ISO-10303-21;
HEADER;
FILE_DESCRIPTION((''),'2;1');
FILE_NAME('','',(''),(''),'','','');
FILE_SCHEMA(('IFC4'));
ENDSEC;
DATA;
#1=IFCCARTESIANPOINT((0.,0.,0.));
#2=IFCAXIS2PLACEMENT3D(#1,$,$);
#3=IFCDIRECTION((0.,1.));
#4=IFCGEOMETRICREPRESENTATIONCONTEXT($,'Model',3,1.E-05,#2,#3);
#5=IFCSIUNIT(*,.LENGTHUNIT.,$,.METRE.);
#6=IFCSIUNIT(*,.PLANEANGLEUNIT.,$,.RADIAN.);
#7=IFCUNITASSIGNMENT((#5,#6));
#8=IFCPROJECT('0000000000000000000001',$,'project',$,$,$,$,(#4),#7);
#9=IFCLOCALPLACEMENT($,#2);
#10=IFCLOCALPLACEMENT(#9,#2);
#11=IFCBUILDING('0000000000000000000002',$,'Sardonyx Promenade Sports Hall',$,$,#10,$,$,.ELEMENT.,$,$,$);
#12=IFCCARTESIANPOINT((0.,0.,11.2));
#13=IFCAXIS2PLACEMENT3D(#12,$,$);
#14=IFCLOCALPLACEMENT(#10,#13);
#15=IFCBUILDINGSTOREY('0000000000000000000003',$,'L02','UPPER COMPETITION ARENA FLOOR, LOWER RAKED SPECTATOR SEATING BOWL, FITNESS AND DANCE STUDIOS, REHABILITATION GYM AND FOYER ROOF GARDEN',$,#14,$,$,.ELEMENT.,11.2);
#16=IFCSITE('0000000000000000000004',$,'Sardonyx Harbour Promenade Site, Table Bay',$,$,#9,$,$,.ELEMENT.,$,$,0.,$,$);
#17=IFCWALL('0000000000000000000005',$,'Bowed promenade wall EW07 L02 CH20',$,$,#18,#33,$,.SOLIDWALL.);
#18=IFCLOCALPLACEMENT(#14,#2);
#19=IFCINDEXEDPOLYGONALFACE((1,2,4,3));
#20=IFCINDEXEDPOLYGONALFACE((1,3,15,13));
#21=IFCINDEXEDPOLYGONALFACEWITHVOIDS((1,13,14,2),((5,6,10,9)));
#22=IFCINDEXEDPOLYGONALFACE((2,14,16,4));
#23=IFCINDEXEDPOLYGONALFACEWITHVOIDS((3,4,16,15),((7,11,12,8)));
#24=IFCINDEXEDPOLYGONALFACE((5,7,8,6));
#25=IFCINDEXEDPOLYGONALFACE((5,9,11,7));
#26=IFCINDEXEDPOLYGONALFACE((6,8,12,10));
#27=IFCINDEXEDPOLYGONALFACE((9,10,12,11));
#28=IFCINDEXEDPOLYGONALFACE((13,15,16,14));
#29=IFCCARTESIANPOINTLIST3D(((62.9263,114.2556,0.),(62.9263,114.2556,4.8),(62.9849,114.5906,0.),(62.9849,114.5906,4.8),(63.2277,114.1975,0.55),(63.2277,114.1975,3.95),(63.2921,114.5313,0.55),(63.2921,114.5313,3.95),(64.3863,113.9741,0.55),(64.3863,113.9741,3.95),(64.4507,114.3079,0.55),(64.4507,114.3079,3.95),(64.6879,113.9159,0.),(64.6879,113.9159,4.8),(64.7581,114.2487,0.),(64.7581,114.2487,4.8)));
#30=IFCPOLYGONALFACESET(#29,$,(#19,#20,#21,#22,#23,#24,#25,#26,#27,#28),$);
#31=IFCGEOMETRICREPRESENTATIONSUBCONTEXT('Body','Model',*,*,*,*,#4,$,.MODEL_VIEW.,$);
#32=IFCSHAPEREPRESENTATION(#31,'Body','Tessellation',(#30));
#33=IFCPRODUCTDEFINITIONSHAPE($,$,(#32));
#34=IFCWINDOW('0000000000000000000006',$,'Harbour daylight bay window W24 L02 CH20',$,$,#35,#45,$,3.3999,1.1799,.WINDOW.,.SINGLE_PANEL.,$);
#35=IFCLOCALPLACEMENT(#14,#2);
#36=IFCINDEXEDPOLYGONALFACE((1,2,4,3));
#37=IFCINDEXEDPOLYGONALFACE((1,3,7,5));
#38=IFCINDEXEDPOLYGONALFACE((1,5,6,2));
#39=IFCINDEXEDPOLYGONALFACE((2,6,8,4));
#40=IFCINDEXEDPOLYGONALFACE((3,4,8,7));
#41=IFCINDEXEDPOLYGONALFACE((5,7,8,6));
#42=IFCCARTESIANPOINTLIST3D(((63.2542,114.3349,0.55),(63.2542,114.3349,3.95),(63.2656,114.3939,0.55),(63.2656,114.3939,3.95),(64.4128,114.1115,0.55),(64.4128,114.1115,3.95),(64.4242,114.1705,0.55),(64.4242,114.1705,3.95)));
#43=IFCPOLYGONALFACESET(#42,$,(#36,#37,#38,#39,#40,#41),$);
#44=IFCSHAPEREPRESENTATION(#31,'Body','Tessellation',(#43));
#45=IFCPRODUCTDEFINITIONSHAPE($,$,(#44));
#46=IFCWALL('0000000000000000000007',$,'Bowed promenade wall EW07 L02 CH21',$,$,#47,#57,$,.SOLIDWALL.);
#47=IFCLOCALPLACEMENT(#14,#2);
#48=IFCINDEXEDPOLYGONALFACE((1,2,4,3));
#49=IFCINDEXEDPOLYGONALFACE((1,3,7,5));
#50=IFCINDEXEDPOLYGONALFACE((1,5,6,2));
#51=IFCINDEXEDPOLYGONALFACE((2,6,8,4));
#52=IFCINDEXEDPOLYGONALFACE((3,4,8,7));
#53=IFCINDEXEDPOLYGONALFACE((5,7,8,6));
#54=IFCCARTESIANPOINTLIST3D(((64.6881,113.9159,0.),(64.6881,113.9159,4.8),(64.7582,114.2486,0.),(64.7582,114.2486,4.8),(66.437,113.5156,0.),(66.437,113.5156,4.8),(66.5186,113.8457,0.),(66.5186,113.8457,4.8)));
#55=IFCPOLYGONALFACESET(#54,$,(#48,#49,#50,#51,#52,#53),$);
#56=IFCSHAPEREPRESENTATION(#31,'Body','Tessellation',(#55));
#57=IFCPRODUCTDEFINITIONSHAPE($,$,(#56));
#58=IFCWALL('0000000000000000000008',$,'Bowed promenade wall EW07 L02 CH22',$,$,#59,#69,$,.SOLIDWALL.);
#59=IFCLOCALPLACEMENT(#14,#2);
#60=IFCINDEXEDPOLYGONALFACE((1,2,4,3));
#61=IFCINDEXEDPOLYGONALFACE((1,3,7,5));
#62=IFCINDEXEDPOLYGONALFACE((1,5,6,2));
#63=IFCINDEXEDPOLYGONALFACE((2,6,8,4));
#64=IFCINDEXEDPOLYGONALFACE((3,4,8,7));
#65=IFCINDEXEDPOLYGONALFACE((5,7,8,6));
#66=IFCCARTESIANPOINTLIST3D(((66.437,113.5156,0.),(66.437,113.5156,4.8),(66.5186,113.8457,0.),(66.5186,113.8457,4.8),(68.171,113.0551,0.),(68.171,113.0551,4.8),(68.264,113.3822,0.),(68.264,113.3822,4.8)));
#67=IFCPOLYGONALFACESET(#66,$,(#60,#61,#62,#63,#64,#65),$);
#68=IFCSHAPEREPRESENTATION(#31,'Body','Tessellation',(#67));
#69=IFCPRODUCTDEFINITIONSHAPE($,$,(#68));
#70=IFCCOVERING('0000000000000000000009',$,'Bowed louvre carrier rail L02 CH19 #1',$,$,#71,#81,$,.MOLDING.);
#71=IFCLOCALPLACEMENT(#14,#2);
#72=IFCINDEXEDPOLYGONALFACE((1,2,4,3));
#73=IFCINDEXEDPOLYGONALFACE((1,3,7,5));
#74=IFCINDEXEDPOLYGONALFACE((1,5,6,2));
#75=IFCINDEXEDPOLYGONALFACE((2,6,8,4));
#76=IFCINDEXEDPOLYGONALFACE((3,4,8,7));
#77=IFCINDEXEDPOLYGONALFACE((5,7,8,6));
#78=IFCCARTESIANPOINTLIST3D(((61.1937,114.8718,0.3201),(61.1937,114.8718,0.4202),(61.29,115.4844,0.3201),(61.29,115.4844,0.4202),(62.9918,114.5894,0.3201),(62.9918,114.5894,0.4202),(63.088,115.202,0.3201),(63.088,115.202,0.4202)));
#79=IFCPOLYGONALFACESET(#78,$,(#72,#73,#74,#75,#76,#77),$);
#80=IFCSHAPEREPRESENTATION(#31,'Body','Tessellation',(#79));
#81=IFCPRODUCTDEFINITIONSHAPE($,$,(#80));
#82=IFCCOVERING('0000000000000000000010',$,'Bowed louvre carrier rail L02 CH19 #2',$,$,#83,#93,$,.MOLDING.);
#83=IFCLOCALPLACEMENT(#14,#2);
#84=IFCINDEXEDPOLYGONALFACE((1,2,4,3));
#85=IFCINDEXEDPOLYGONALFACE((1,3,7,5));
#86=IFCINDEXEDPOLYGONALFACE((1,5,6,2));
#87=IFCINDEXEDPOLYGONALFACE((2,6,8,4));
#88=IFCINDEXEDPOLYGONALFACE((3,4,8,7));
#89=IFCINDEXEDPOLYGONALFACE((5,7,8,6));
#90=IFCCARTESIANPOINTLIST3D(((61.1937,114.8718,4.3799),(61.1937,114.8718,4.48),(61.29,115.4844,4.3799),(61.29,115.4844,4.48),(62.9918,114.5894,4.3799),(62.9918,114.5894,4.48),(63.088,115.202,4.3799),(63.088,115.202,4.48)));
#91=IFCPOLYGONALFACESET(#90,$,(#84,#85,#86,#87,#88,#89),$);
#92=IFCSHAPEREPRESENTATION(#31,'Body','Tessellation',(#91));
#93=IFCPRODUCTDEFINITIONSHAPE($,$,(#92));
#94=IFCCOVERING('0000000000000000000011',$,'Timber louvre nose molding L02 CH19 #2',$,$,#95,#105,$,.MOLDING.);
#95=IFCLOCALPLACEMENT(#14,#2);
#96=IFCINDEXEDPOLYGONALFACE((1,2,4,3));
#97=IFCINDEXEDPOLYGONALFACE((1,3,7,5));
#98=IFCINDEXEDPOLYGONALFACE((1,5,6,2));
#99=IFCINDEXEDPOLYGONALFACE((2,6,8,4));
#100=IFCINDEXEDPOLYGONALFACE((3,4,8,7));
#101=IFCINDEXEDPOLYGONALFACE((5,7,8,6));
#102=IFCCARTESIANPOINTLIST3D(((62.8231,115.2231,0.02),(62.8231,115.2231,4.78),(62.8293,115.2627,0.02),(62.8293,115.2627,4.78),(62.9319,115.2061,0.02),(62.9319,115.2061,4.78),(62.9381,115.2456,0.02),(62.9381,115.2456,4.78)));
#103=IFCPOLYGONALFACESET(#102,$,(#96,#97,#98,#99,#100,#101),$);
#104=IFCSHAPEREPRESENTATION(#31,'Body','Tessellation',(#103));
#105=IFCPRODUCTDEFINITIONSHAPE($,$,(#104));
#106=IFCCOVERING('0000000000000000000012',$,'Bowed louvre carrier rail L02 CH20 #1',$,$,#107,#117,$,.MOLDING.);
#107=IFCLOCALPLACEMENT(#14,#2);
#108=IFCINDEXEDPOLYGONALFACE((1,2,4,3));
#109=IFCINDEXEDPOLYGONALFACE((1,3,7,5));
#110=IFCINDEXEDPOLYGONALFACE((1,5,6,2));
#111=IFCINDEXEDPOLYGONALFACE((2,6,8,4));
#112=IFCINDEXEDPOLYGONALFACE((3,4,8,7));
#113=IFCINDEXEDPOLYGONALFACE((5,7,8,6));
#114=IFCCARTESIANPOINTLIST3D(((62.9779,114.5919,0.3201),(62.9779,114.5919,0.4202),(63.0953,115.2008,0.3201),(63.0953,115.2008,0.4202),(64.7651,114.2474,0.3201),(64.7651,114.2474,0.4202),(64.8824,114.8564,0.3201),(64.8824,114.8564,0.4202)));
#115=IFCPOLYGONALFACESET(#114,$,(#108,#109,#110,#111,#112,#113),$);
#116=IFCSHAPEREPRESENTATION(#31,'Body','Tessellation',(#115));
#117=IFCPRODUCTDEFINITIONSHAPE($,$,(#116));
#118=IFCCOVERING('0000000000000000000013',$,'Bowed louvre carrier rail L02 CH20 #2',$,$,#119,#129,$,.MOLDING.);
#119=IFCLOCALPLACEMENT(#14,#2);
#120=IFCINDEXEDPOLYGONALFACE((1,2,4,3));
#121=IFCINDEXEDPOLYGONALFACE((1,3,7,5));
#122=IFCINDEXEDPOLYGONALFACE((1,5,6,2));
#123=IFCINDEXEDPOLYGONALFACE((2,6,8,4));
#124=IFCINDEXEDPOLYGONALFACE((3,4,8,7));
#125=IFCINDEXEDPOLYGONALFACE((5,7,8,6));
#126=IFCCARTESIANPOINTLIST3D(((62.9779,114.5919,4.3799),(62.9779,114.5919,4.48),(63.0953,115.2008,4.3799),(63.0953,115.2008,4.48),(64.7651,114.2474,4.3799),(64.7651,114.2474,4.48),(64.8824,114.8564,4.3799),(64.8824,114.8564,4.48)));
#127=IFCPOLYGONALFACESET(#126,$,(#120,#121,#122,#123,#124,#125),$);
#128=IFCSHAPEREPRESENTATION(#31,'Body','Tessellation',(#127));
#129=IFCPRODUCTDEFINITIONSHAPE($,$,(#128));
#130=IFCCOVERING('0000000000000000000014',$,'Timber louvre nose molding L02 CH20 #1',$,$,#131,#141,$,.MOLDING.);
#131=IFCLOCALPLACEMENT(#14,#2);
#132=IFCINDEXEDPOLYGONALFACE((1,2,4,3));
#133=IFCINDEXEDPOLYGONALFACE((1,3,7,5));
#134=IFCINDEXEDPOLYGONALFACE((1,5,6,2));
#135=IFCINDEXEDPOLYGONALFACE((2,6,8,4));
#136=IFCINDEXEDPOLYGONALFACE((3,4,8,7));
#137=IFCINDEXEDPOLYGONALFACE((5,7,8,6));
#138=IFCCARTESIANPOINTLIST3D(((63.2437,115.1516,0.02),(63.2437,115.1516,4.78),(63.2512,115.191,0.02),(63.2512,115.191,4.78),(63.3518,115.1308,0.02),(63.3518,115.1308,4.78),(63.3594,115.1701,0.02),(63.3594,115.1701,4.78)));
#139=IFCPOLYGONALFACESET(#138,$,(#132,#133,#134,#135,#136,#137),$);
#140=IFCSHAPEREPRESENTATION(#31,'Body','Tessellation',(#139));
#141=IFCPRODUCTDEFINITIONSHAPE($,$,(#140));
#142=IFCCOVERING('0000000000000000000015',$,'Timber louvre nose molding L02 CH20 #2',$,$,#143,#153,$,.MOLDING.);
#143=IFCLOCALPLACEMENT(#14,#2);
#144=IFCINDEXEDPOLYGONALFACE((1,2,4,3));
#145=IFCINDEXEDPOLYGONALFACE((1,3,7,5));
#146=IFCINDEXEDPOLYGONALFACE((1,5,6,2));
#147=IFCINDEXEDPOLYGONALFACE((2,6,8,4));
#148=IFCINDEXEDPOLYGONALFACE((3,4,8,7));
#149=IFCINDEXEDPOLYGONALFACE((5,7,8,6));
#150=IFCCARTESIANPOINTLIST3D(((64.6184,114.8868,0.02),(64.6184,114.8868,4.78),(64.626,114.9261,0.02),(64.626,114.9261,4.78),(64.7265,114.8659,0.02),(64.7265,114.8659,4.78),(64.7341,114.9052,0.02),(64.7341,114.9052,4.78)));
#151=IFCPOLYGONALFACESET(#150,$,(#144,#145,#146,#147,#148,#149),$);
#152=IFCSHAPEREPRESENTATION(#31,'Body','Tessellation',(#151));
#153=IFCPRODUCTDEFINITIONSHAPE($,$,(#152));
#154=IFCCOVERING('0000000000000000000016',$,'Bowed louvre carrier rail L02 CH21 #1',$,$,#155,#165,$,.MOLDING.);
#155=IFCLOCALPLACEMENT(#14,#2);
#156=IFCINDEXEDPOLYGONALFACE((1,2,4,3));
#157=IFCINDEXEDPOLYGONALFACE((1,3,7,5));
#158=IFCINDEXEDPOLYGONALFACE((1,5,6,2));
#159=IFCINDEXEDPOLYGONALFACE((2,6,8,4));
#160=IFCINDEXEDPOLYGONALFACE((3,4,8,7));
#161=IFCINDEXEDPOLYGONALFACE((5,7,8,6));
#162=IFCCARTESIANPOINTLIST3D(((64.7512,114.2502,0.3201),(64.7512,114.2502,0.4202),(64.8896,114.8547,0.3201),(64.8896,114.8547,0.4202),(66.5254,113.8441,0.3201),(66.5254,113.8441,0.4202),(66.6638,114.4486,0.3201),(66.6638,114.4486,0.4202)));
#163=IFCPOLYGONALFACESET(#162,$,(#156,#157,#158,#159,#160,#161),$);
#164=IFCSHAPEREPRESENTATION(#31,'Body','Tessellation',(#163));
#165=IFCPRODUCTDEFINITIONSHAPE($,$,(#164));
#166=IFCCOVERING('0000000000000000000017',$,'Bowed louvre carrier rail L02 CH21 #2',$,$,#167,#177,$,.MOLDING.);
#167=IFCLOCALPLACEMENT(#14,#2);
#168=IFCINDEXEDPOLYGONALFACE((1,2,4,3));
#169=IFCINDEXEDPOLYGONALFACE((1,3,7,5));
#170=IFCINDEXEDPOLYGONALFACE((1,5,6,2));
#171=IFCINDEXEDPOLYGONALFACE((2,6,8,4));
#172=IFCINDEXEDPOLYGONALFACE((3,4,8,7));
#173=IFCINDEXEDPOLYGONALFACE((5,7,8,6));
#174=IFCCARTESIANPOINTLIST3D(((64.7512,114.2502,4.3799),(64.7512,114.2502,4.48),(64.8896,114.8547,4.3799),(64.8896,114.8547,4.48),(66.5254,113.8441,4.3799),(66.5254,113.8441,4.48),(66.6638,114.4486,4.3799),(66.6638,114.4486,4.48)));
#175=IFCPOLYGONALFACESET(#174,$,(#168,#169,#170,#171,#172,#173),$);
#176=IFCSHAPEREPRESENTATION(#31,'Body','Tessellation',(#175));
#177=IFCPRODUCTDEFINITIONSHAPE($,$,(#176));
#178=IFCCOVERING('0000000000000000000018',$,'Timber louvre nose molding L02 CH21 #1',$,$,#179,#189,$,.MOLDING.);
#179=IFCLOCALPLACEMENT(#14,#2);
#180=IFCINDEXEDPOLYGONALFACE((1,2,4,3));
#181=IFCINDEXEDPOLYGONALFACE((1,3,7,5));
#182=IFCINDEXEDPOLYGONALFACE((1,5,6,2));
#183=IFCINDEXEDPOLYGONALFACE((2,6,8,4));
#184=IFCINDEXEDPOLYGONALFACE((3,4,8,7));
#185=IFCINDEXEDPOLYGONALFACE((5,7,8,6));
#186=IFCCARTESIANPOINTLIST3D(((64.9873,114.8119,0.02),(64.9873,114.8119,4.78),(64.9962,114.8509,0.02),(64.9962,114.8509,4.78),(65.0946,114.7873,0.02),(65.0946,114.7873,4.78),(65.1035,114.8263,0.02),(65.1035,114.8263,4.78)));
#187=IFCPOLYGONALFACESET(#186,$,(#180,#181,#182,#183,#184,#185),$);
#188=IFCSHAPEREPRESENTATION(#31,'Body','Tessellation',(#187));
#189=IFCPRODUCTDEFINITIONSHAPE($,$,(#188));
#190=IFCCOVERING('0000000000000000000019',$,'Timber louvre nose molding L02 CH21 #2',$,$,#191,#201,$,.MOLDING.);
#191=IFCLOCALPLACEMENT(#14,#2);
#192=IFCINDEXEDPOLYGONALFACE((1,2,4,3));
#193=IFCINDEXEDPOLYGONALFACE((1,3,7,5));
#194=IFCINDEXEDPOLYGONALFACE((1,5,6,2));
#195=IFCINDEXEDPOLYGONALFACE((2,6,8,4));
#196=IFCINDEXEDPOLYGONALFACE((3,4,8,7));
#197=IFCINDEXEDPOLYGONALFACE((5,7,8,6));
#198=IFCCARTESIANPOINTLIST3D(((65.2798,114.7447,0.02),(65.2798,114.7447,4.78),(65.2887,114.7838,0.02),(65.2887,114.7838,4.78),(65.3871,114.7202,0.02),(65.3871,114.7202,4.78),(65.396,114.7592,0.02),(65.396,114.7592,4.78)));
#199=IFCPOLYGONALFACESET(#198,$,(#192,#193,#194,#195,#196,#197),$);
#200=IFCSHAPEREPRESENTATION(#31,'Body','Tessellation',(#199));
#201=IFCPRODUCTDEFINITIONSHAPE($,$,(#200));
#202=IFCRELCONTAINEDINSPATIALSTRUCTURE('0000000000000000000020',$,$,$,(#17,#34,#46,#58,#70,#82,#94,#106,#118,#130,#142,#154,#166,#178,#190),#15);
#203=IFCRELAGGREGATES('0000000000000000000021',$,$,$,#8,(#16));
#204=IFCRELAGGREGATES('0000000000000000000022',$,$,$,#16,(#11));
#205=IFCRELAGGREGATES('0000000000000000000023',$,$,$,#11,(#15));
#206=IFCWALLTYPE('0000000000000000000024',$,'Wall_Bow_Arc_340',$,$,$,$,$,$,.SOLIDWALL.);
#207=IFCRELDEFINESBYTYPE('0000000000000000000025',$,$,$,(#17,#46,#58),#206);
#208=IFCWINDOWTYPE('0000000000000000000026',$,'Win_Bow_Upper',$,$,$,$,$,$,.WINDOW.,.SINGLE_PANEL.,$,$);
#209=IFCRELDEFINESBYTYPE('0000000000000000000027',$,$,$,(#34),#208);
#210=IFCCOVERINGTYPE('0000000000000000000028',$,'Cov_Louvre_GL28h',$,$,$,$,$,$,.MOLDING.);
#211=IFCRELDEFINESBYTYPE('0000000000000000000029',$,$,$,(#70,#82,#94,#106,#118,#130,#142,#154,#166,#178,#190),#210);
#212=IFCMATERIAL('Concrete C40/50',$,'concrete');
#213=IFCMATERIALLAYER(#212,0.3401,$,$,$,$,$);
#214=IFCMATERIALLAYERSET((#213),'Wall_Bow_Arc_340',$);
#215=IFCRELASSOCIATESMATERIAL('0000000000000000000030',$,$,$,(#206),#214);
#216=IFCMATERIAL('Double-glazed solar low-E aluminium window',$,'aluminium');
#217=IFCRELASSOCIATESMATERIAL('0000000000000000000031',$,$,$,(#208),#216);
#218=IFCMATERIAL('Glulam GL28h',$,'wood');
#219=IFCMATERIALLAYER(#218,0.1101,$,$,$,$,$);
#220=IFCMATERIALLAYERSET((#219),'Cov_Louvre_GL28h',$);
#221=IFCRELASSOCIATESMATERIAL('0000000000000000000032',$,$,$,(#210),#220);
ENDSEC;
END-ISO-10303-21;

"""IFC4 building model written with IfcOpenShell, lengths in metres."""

from ifc_helpers import new_model, si_unit, direction, frame, frame_2d, origin, origin_2d, place, context, subcontext, project, spatial, polyline, rectangle, outline, extrude, material, layer, layer_set, type_object, element, fill, save


model = new_model("IFC4")

# Units and contexts
model_context = context("Model", 3, precision=1e-05, world=origin(), true_north=direction((0.0, 1.0)))
body_context = subcontext(model_context, "Body", "Model", "MODEL_VIEW")
ifc_project = project(units=[si_unit("LENGTHUNIT", "METRE"), si_unit("PLANEANGLEUNIT", "RADIAN")], contexts=[model_context])

# Site, building, storey
site_placement = place(None, origin())
site = spatial("IfcSite", under=ifc_project, at=site_placement, Name="Sardonyx Harbour Promenade Site, Table Bay", CompositionType="ELEMENT", RefElevation=0.0)
building_placement = place(site_placement, origin())
building = spatial("IfcBuilding", under=site, at=building_placement, Name="Sardonyx Promenade Sports Hall", CompositionType="ELEMENT")
storey_placement = place(building_placement, frame((0.0, 0.0, 11.2)))
storey = spatial("IfcBuildingStorey", under=building, at=storey_placement, Name="L02", Description="UPPER COMPETITION ARENA FLOOR, LOWER RAKED SPECTATOR SEATING BOWL, FITNESS AND DANCE STUDIOS, REHABILITATION GYM AND FOYER ROOF GARDEN", CompositionType="ELEMENT", Elevation=11.2)

# Wall, opening, window
ifc_material_1 = material(Name="Concrete C40/50", Category="concrete")
ifc_layer_1 = layer(ifc_material_1, 0.3401)
ifc_layer_set_1 = layer_set([ifc_layer_1], Name="Wall_Bow_Arc_340")
wall_type = type_object("IfcWallType", Name="Wall_Bow_Arc_340", PredefinedType="SOLIDWALL", material=ifc_layer_set_1)
wall_1_placement = place(storey_placement, frame((62.9556, 114.4231, 0.0), z_axis=(0.0, 0.0, 1.0), x_axis=(0.981913, -0.18933, 0.0)))
wall_1 = element("IfcWall", 1, at=wall_1_placement, inside=storey, type_object=wall_type, Name="Bowed promenade wall EW07 L02 CH20", PredefinedType="SOLIDWALL", context=body_context, shape_type="SweptSolid", body=[
    extrude(outline(polyline([(0.0029, -0.17), (1.7971, -0.17), (1.8029, 0.17), (-0.0029, 0.17), (0.0029, -0.17)])), origin(), (0.0, 0.0, 1.0), 4.8),
])
opening_placement = place(wall_1_placement, frame((0.3101, 0.0, 0.55)))
opening = element("IfcOpeningElement", 2, at=opening_placement, cuts=wall_1, PredefinedType="OPENING", context=body_context, shape_type="SweptSolid", body=[
    extrude(rectangle(XDim=1.1799, YDim=3.3999, at=frame_2d((0.5898, 1.7))), frame((0.0, 0.18, 0.0), z_axis=(0.0, -1.0, 0.0), x_axis=(1.0, 0.0, 0.0)), (0.0, 0.0, 1.0), 0.36),
])
ifc_material_2 = material(Name="Double-glazed solar low-E aluminium window", Category="aluminium")
window_type = type_object("IfcWindowType", Name="Win_Bow_Upper", PartitioningType="SINGLE_PANEL", PredefinedType="WINDOW", material=ifc_material_2)
window_placement = place(opening_placement, origin())
window = element("IfcWindow", 3, at=window_placement, inside=storey, type_object=window_type, Name="Harbour daylight bay window W24 L02 CH20", OverallHeight=3.3999, OverallWidth=1.1799, PartitioningType="SINGLE_PANEL", PredefinedType="WINDOW", context=body_context, shape_type="SweptSolid", body=[
    extrude(rectangle(XDim=1.1799, YDim=3.3999, at=frame_2d((0.5898, 1.7))), frame((0.0, 0.03, 0.0), z_axis=(0.0, -1.0, 0.0), x_axis=(1.0, 0.0, 0.0)), (0.0, 0.0, 1.0), 0.0601),
])
fill(opening, window)

# Walls
wall_2_placement = place(storey_placement, frame((64.7231, 114.0823, 0.0), z_axis=(0.0, 0.0, 1.0), x_axis=(0.974792, -0.223116, 0.0)))
element("IfcWall", 4, at=wall_2_placement, inside=storey, type_object=wall_type, Name="Bowed promenade wall EW07 L02 CH21", PredefinedType="SOLIDWALL", context=body_context, shape_type="SweptSolid", body=[
    extrude(outline(polyline([(0.0029, -0.17), (1.7971, -0.17), (1.8029, 0.17), (-0.0029, 0.17), (0.0029, -0.17)])), origin(), (0.0, 0.0, 1.0), 4.8),
])
wall_3_placement = place(storey_placement, frame((66.4778, 113.6807, 0.0), z_axis=(0.0, 0.0, 1.0), x_axis=(0.966505, -0.256649, 0.0)))
element("IfcWall", 5, at=wall_3_placement, inside=storey, type_object=wall_type, Name="Bowed promenade wall EW07 L02 CH22", PredefinedType="SOLIDWALL", context=body_context, shape_type="SweptSolid", body=[
    extrude(outline(polyline([(0.0029, -0.17), (1.7971, -0.17), (1.8029, 0.17), (-0.0029, 0.17), (0.0029, -0.17)])), origin(), (0.0, 0.0, 1.0), 4.8),
])

# Coverings
ifc_material_3 = material(Name="Glulam GL28h", Category="wood")
ifc_layer_2 = layer(ifc_material_3, 0.1101)
ifc_layer_set_2 = layer_set([ifc_layer_2], Name="Cov_Louvre_GL28h")
covering_type = type_object("IfcCoveringType", Name="Cov_Louvre_GL28h", PredefinedType="MOLDING", material=ifc_layer_set_2)
for number, where, z_axis, x_axis, name in (
    (6, (62.1409, 115.0369, 0.3201), (0.0, 0.0, 1.0), (0.987891, -0.155148, 0.0), "Bowed louvre carrier rail L02 CH19 #1"),
    (7, (62.1409, 115.0369, 4.3799), (0.0, 0.0, 1.0), (0.987891, -0.155148, 0.0), "Bowed louvre carrier rail L02 CH19 #2"),
):
    element("IfcCovering", number, at=place(storey_placement, frame(where, z_axis=z_axis, x_axis=x_axis)), inside=storey, type_object=covering_type, Name=name, PredefinedType="MOLDING", context=body_context, shape_type="SweptSolid", body=[
        extrude(rectangle(XDim=1.8201, YDim=0.6201, at=origin_2d()), origin(), (0.0, 0.0, 1.0), 0.1001),
    ])
covering_placement = place(storey_placement, frame((62.8806, 115.2344, 0.02), z_axis=(0.0, 0.0, 1.0), x_axis=(0.987891, -0.155148, 0.0)))
element("IfcCovering", 8, at=covering_placement, inside=storey, type_object=covering_type, Name="Timber louvre nose molding L02 CH19 #2", PredefinedType="MOLDING", context=body_context, shape_type="SweptSolid", body=[
    extrude(rectangle(XDim=0.1101, YDim=0.04, at=origin_2d()), origin(), (0.0, 0.0, 1.0), 4.76),
])
for number, where, z_axis, x_axis, name in (
    (9, (63.9302, 114.7241, 0.3201), (0.0, 0.0, 1.0), (0.98193, -0.189246, 0.0), "Bowed louvre carrier rail L02 CH20 #1"),
    (10, (63.9302, 114.7241, 4.3799), (0.0, 0.0, 1.0), (0.98193, -0.189246, 0.0), "Bowed louvre carrier rail L02 CH20 #2"),
):
    element("IfcCovering", number, at=place(storey_placement, frame(where, z_axis=z_axis, x_axis=x_axis)), inside=storey, type_object=covering_type, Name=name, PredefinedType="MOLDING", context=body_context, shape_type="SweptSolid", body=[
        extrude(rectangle(XDim=1.8201, YDim=0.6201, at=origin_2d()), origin(), (0.0, 0.0, 1.0), 0.1001),
    ])
for number, where, z_axis, x_axis, name in (
    (11, (63.3015, 115.1609, 0.02), (0.0, 0.0, 1.0), (0.98193, -0.189246, 0.0), "Timber louvre nose molding L02 CH20 #1"),
    (12, (64.6763, 114.896, 0.02), (0.0, 0.0, 1.0), (0.98193, -0.189246, 0.0), "Timber louvre nose molding L02 CH20 #2"),
):
    element("IfcCovering", number, at=place(storey_placement, frame(where, z_axis=z_axis, x_axis=x_axis)), inside=storey, type_object=covering_type, Name=name, PredefinedType="MOLDING", context=body_context, shape_type="SweptSolid", body=[
        extrude(rectangle(XDim=0.1101, YDim=0.04, at=origin_2d()), origin(), (0.0, 0.0, 1.0), 4.76),
    ])
for number, where, z_axis, x_axis, name in (
    (13, (65.7075, 114.3494, 0.3201), (0.0, 0.0, 1.0), (0.974792, -0.223117, 0.0), "Bowed louvre carrier rail L02 CH21 #1"),
    (14, (65.7075, 114.3494, 4.3799), (0.0, 0.0, 1.0), (0.974792, -0.223117, 0.0), "Bowed louvre carrier rail L02 CH21 #2"),
):
    element("IfcCovering", number, at=place(storey_placement, frame(where, z_axis=z_axis, x_axis=x_axis)), inside=storey, type_object=covering_type, Name=name, PredefinedType="MOLDING", context=body_context, shape_type="SweptSolid", body=[
        extrude(rectangle(XDim=1.8201, YDim=0.6201, at=origin_2d()), origin(), (0.0, 0.0, 1.0), 0.1001),
    ])
for number, where, z_axis, x_axis, name in (
    (15, (65.0454, 114.8191, 0.02), (0.0, 0.0, 1.0), (0.974792, -0.223117, 0.0), "Timber louvre nose molding L02 CH21 #1"),
    (16, (65.3379, 114.752, 0.02), (0.0, 0.0, 1.0), (0.974792, -0.223117, 0.0), "Timber louvre nose molding L02 CH21 #2"),
):
    element("IfcCovering", number, at=place(storey_placement, frame(where, z_axis=z_axis, x_axis=x_axis)), inside=storey, type_object=covering_type, Name=name, PredefinedType="MOLDING", context=body_context, shape_type="SweptSolid", body=[
        extrude(rectangle(XDim=0.1101, YDim=0.04, at=origin_2d()), origin(), (0.0, 0.0, 1.0), 4.76),
    ])

save(model, "model.ifc")
